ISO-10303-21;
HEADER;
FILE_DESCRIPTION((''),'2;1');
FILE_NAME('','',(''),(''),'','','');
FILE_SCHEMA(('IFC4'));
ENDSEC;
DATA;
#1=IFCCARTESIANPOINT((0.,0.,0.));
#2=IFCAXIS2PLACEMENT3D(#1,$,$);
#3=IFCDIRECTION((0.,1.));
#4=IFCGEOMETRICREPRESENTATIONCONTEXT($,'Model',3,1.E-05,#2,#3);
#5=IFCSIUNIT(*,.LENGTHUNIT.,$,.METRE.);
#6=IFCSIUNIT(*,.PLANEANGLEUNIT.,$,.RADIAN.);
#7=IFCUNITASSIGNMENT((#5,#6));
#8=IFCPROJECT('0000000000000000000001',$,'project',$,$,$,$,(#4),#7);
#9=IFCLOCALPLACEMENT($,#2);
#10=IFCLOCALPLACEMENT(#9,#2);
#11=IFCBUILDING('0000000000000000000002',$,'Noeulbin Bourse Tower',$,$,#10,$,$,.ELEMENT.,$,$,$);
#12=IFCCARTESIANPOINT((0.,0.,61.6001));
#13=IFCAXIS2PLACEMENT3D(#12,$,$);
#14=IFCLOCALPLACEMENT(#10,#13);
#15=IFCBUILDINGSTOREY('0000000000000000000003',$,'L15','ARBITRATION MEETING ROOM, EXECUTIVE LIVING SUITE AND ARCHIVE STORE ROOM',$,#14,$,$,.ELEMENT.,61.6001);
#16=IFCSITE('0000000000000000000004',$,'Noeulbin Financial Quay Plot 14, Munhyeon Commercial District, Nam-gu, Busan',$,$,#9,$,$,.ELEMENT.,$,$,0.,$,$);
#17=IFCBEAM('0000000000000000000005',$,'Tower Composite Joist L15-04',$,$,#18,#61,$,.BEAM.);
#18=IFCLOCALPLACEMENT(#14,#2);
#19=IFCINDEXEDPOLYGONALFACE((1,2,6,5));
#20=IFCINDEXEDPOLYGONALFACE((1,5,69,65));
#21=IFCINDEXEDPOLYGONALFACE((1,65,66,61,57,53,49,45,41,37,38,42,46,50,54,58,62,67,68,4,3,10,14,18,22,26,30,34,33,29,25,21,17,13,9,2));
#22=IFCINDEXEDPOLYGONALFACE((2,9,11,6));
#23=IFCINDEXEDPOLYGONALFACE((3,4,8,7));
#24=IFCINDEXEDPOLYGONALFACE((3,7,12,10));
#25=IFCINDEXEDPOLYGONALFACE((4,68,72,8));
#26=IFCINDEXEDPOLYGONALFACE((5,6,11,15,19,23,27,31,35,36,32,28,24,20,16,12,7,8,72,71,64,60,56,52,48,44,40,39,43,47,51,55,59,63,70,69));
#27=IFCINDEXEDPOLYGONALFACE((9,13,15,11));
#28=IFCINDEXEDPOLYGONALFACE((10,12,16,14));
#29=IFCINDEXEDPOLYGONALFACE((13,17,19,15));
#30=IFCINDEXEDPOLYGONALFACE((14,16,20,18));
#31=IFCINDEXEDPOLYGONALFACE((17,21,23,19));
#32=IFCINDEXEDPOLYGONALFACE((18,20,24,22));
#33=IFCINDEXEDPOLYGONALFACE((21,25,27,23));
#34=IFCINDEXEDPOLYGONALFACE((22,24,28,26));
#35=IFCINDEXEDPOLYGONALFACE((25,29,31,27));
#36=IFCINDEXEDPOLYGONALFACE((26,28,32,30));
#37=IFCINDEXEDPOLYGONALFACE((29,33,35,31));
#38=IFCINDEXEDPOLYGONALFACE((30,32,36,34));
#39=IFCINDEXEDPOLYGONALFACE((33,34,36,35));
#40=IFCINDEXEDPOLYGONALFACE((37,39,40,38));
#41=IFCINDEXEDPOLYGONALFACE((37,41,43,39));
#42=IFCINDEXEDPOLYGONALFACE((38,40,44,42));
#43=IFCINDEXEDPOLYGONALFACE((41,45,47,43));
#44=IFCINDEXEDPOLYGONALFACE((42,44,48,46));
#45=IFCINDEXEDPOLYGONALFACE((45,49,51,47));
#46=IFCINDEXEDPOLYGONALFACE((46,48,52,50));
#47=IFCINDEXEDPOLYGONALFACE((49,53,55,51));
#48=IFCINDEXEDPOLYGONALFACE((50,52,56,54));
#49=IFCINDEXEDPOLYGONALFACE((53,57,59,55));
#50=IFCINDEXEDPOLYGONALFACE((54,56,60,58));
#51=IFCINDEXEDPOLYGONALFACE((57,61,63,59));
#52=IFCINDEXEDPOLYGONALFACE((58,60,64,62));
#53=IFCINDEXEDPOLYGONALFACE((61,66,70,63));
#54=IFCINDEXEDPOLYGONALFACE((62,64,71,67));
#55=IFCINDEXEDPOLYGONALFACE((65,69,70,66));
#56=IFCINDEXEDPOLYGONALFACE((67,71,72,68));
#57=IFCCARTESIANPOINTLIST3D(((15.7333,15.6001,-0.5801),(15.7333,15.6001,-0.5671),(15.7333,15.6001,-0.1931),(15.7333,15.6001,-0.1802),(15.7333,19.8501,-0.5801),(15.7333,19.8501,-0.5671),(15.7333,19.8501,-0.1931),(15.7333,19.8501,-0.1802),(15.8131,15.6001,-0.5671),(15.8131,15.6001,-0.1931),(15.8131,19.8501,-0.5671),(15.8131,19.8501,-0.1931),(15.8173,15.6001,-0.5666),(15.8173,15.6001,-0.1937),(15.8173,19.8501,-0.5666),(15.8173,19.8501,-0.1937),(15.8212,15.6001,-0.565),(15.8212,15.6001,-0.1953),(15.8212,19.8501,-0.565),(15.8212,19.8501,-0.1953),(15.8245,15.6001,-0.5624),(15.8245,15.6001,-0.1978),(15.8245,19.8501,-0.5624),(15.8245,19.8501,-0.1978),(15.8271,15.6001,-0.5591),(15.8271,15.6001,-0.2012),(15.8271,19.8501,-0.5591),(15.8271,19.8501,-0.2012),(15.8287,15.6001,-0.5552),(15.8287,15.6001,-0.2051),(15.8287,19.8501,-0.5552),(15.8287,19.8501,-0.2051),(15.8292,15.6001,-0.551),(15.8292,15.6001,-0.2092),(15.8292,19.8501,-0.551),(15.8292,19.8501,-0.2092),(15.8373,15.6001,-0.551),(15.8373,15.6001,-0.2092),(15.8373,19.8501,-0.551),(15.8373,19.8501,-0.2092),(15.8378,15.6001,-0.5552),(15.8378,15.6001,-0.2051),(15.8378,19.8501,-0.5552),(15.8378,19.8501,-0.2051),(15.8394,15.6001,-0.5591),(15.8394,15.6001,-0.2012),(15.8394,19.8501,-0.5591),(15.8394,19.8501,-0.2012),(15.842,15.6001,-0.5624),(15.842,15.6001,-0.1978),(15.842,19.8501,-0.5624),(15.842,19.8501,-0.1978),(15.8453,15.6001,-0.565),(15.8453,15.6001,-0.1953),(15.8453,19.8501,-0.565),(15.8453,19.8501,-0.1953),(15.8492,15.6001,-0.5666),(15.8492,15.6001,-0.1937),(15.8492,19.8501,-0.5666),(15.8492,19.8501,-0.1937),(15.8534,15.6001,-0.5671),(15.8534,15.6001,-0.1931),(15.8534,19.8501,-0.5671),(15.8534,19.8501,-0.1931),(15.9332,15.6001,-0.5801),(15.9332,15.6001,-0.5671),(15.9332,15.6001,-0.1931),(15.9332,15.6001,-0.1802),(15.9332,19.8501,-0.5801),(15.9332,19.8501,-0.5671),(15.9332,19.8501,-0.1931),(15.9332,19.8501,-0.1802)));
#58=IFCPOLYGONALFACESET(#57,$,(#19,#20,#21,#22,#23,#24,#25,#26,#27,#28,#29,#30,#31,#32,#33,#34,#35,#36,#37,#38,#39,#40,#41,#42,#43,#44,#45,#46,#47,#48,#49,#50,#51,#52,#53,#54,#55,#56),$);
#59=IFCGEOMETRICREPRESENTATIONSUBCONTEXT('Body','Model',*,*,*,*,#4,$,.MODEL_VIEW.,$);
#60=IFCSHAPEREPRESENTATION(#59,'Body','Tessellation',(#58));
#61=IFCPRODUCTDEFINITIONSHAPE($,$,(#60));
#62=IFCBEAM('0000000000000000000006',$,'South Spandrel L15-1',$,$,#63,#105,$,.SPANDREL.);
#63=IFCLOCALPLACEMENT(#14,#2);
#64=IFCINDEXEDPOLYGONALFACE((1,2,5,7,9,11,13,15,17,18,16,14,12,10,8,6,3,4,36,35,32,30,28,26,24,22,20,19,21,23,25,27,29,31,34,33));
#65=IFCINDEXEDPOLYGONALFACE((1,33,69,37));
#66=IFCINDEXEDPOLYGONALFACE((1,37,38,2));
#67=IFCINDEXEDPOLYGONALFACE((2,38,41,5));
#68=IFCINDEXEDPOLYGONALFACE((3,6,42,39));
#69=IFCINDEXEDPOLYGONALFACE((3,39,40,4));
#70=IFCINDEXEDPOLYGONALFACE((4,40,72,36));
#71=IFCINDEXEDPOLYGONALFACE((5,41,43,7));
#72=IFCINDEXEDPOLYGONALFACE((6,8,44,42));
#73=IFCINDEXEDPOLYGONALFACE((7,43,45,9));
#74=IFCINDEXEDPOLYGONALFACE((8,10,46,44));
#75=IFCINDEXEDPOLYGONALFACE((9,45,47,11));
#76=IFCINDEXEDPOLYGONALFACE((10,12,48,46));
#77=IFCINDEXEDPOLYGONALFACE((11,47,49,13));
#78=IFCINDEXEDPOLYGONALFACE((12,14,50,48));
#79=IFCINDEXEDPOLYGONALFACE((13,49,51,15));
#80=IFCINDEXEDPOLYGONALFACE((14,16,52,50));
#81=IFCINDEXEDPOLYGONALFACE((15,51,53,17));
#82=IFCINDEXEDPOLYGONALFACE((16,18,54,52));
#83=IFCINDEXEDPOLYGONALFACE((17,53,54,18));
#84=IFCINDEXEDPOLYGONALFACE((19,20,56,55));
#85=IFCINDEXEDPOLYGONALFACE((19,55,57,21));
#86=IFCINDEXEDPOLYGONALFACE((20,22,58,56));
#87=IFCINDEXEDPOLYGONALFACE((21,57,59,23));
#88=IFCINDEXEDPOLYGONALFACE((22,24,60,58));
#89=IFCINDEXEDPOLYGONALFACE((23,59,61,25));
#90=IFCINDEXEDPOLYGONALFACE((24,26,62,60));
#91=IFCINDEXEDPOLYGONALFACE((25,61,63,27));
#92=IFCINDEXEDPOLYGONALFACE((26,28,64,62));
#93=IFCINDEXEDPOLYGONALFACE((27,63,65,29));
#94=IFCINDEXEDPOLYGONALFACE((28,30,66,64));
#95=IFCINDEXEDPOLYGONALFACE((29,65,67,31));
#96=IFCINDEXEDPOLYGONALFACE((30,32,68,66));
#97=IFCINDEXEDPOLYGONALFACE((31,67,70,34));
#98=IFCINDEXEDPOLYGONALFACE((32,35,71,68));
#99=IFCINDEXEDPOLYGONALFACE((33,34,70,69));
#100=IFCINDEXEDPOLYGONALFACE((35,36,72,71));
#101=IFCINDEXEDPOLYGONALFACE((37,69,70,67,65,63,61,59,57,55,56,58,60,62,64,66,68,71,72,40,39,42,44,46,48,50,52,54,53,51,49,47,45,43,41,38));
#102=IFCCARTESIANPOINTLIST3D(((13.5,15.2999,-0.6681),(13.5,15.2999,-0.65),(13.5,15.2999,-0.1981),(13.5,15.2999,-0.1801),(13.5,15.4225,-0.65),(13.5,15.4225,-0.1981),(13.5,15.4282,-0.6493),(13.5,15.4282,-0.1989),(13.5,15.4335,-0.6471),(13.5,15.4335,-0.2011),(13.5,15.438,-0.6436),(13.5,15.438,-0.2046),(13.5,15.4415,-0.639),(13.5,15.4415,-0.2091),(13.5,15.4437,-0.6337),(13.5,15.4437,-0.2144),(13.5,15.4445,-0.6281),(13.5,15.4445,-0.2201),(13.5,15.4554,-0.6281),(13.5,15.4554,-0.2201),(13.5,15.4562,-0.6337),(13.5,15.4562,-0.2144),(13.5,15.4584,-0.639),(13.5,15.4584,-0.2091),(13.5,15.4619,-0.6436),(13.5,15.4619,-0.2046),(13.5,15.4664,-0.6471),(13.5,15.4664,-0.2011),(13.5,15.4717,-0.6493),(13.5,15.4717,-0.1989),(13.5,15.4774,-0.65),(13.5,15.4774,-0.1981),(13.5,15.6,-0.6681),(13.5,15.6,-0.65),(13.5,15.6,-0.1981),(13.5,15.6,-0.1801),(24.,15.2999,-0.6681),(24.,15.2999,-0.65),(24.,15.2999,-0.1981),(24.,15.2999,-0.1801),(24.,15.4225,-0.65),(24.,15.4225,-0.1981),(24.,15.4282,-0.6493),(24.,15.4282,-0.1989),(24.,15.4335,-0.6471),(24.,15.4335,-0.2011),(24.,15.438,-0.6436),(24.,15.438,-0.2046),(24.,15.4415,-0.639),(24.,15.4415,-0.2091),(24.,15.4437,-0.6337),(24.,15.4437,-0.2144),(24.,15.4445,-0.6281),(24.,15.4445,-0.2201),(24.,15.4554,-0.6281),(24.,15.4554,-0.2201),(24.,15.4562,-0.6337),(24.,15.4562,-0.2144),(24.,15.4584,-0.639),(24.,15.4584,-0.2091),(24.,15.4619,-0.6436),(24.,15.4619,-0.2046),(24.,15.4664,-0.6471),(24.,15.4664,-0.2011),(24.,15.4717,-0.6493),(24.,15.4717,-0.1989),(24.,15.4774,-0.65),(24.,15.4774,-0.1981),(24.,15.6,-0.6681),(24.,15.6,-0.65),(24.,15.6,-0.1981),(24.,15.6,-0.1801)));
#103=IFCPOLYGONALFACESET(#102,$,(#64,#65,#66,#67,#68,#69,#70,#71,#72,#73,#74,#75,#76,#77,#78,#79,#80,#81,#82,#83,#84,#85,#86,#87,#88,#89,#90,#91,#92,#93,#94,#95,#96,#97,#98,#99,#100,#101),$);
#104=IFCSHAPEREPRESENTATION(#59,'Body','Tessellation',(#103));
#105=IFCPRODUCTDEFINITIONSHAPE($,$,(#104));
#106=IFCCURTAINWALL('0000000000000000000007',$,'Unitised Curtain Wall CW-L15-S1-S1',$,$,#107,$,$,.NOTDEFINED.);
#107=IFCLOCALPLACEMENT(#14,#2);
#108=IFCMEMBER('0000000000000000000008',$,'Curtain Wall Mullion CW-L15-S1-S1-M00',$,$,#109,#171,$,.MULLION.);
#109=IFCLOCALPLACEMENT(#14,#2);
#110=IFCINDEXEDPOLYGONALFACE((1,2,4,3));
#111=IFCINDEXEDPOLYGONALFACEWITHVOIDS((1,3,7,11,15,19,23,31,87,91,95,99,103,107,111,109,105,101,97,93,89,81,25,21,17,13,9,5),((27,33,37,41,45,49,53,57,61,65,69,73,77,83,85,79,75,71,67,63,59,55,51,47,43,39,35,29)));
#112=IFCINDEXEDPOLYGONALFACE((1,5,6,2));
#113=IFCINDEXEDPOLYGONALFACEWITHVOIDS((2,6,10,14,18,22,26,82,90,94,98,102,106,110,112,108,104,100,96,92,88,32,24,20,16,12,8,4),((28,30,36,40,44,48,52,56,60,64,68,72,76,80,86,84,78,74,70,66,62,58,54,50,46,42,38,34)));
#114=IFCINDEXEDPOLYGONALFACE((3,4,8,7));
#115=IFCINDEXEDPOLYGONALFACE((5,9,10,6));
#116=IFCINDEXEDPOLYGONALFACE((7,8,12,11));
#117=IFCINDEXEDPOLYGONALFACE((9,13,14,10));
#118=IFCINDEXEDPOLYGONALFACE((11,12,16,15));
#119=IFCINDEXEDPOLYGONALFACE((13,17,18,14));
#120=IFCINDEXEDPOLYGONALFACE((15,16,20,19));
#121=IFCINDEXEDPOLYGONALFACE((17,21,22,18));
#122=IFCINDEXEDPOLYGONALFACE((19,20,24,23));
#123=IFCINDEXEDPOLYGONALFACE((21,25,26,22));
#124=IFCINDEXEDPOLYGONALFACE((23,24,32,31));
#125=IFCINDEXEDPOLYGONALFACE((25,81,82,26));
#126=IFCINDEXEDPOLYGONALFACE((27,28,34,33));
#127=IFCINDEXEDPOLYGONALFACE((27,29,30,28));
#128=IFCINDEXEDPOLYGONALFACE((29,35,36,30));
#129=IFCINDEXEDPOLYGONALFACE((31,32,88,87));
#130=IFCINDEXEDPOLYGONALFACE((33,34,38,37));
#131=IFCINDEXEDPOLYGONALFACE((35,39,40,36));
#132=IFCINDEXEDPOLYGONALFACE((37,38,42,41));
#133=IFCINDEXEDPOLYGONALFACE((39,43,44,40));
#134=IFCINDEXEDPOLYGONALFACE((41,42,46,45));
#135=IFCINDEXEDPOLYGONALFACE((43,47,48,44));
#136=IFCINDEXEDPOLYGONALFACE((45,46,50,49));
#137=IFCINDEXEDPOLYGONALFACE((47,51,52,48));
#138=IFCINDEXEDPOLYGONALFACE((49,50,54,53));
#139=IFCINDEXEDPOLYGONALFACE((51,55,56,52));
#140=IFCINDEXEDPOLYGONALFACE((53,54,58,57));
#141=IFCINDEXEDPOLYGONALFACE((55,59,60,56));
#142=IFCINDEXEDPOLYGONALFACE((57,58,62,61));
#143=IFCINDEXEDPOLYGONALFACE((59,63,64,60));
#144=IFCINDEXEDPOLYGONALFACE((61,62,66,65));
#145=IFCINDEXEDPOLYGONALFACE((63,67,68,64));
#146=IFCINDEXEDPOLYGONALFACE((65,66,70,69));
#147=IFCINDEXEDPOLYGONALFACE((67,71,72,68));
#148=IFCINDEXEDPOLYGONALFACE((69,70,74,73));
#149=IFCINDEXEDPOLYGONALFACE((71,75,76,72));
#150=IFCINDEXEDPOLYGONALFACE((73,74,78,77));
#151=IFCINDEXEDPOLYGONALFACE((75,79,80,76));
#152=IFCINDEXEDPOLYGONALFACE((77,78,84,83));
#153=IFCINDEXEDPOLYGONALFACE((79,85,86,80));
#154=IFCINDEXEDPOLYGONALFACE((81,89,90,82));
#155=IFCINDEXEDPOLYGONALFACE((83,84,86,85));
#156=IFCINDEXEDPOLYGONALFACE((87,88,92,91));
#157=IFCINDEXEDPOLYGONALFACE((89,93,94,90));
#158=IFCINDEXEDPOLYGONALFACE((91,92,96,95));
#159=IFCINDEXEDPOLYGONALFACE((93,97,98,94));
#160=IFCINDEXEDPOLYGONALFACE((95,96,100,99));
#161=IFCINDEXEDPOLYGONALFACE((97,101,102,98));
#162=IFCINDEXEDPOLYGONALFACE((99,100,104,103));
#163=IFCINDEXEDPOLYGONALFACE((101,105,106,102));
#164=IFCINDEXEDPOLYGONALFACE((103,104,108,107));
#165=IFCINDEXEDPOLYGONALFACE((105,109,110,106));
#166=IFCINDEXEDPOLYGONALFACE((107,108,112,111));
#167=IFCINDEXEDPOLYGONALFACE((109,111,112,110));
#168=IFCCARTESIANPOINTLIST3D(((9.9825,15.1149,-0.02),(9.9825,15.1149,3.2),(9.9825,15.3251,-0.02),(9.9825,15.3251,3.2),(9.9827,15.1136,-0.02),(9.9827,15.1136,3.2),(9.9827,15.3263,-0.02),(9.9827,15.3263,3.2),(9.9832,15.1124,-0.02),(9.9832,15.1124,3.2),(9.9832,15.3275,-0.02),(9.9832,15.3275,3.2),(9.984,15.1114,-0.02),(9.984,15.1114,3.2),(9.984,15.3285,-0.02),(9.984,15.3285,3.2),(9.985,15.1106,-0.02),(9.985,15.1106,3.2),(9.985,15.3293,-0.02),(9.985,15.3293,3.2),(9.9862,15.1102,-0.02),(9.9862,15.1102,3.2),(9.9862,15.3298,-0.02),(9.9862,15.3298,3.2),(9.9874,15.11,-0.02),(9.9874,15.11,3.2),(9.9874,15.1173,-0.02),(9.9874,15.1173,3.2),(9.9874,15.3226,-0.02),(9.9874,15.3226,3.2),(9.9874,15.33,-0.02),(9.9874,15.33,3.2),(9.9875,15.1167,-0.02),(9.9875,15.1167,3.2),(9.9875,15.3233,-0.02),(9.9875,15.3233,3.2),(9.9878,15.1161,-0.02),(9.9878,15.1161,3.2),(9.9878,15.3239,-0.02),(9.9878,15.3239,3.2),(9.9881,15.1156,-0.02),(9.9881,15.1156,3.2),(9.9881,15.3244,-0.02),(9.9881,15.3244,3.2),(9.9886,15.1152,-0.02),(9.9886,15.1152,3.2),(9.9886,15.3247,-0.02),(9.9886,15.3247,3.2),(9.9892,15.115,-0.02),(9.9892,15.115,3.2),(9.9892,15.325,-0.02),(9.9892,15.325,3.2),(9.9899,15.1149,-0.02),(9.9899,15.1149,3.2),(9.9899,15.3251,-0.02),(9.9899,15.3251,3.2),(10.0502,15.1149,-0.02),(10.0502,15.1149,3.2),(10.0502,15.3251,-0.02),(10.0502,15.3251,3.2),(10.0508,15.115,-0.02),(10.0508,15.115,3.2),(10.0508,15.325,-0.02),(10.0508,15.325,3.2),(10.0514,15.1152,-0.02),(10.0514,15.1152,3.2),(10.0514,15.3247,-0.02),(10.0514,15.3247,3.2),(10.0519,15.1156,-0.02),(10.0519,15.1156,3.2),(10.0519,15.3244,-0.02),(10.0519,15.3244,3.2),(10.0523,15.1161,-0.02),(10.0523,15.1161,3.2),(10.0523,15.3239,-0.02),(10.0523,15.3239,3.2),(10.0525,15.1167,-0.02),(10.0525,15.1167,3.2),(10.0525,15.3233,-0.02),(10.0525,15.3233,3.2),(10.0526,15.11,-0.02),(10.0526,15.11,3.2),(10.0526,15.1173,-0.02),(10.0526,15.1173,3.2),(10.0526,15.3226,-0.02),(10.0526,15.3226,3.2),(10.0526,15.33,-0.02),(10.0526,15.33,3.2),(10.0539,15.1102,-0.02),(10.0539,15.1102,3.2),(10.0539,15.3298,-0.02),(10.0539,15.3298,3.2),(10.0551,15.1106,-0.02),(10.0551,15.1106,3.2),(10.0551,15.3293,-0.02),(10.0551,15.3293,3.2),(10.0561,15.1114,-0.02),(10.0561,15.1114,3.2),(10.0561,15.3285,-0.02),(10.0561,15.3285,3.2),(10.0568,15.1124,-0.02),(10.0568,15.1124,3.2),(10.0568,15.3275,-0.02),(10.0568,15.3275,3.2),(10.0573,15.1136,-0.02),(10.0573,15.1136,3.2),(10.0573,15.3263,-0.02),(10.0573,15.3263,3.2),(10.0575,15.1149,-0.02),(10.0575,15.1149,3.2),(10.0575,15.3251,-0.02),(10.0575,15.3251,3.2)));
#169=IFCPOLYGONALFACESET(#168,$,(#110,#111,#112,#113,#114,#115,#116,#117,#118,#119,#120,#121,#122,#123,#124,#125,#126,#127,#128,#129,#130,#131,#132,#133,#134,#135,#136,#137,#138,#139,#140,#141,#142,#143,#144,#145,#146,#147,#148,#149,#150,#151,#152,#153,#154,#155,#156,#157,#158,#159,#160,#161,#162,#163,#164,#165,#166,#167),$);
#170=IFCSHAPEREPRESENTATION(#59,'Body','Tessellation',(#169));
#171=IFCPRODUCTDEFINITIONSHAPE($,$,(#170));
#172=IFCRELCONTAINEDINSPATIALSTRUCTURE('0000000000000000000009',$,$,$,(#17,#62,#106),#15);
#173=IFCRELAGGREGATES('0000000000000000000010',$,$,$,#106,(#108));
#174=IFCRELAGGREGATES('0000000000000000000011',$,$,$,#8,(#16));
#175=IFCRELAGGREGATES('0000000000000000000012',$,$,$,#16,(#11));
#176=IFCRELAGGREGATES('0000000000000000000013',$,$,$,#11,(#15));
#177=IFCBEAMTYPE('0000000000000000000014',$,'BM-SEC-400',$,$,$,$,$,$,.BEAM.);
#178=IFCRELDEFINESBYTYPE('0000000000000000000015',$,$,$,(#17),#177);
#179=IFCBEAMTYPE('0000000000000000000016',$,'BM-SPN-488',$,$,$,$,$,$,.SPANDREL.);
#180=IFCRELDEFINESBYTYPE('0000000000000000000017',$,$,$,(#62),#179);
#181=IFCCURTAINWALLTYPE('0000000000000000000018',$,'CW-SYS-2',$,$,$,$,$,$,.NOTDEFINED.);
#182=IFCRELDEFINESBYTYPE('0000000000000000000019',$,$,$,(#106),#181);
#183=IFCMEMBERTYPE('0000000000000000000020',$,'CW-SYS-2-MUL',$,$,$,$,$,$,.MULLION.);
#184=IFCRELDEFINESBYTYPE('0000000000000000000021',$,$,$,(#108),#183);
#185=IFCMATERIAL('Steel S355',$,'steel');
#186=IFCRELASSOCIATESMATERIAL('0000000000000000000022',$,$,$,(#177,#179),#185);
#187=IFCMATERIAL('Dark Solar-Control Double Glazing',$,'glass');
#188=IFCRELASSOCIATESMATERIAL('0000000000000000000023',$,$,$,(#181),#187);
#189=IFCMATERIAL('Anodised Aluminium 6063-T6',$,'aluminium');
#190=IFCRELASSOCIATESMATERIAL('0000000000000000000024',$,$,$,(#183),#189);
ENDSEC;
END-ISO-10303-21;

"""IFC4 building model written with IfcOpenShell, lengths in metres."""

from ifc_helpers import new_model, si_unit, direction, frame, origin, origin_2d, place, context, subcontext, project, spatial, hollow_rectangle, i_section, extrude, material, material_profile, profile_set, type_object, element, aggregate, save


model = new_model("IFC4")

# Units and contexts
model_context = context("Model", 3, precision=1e-05, world=origin(), true_north=direction((0.0, 1.0)))
body_context = subcontext(model_context, "Body", "Model", "MODEL_VIEW")
ifc_project = project(units=[si_unit("LENGTHUNIT", "METRE"), si_unit("PLANEANGLEUNIT", "RADIAN")], contexts=[model_context])

# Site, building, storey
site_placement = place(None, origin())
site = spatial("IfcSite", under=ifc_project, at=site_placement, Name="Noeulbin Financial Quay Plot 14, Munhyeon Commercial District, Nam-gu, Busan", CompositionType="ELEMENT", RefElevation=0.0)
building_placement = place(site_placement, origin())
building = spatial("IfcBuilding", under=site, at=building_placement, Name="Noeulbin Bourse Tower", CompositionType="ELEMENT")
storey_placement = place(building_placement, frame((0.0, 0.0, 61.6001)))
storey = spatial("IfcBuildingStorey", under=building, at=storey_placement, Name="L15", Description="ARBITRATION MEETING ROOM, EXECUTIVE LIVING SUITE AND ARCHIVE STORE ROOM", CompositionType="ELEMENT", Elevation=61.6001)

# Beams
ifc_material_1 = material(Name="Steel S355", Category="steel")
ifc_material_profile_1 = material_profile(ifc_material_1, i_section(OverallWidth=0.2, OverallDepth=0.3999, WebThickness=0.0081, FlangeThickness=0.0129, FilletRadius=0.0161, at=origin_2d()), Name="H-400x200x8x13", Category="LoadBearing")
ifc_profile_set_1 = profile_set([ifc_material_profile_1], Name="Steel S355")
beam_type_1 = type_object("IfcBeamType", Name="BM-SEC-400", PredefinedType="BEAM", material=ifc_profile_set_1)
for number, where, z_axis, x_axis, name in (
    (1, (15.8333, 15.6001, -0.3801), (0.0, 1.0, 0.0), (-1.0, 0.0, 0.0), "Tower Composite Joist L15-04"),
):
    element("IfcBeam", number, at=place(storey_placement, frame(where, z_axis=z_axis, x_axis=x_axis)), inside=storey, type_object=beam_type_1, Name=name, PredefinedType="BEAM", context=body_context, shape_type="SweptSolid", body=[
        extrude(i_section(OverallWidth=0.2, OverallDepth=0.3999, WebThickness=0.0081, FlangeThickness=0.0129, FilletRadius=0.0161, at=origin_2d()), origin(), (0.0, 0.0, 1.0), 4.25),
    ])
ifc_material_profile_2 = material_profile(ifc_material_1, i_section(OverallWidth=0.3, OverallDepth=0.488, WebThickness=0.011, FlangeThickness=0.0181, FilletRadius=0.022, at=origin_2d()), Name="H-488x300x11x18", Category="LoadBearing")
ifc_profile_set_2 = profile_set([ifc_material_profile_2], Name="Steel S355")
beam_type_2 = type_object("IfcBeamType", Name="BM-SPN-488", PredefinedType="SPANDREL", material=ifc_profile_set_2)
beam_1_placement = place(storey_placement, frame((13.5, 15.45, -0.4241), z_axis=(1.0, 0.0, 0.0), x_axis=(0.0, 1.0, 0.0)))
element("IfcBeam", 2, at=beam_1_placement, inside=storey, type_object=beam_type_2, Name="South Spandrel L15-1", PredefinedType="SPANDREL", context=body_context, shape_type="SweptSolid", body=[
    extrude(i_section(OverallWidth=0.3, OverallDepth=0.488, WebThickness=0.011, FlangeThickness=0.0181, FilletRadius=0.022, at=origin_2d()), origin(), (0.0, 0.0, 1.0), 10.5),
])

# Curtain wall, member
ifc_material_2 = material(Name="Dark Solar-Control Double Glazing", Category="glass")
curtain_wall_type = type_object("IfcCurtainWallType", Name="CW-SYS-2", PredefinedType="NOTDEFINED", material=ifc_material_2)
curtain_wall_1_placement = place(storey_placement, origin())
curtain_wall_1 = element("IfcCurtainWall", 3, at=curtain_wall_1_placement, inside=storey, type_object=curtain_wall_type, Name="Unitised Curtain Wall CW-L15-S1-S1", PredefinedType="NOTDEFINED")
ifc_material_3 = material(Name="Anodised Aluminium 6063-T6", Category="aluminium")
ifc_material_profile_3 = material_profile(ifc_material_3, hollow_rectangle(XDim=0.075, YDim=0.22, WallThickness=0.0049, InnerFilletRadius=0.0024, OuterFilletRadius=0.0049, at=origin_2d()), Name="ALU-MULL-75x220x5", Category="LoadBearing")
ifc_profile_set_3 = profile_set([ifc_material_profile_3], Name="Anodised Aluminium 6063-T6")
member_type_1 = type_object("IfcMemberType", Name="CW-SYS-2-MUL", PredefinedType="MULLION", material=ifc_profile_set_3)
member_1_placement = place(storey_placement, frame((10.02, 15.22, -0.02), z_axis=(0.0, 0.0, 1.0), x_axis=(1.0, 0.0, 0.0)))
member_1 = element("IfcMember", 4, at=member_1_placement, type_object=member_type_1, Name="Curtain Wall Mullion CW-L15-S1-S1-M00", PredefinedType="MULLION", context=body_context, shape_type="SweptSolid", body=[
    extrude(hollow_rectangle(XDim=0.075, YDim=0.22, WallThickness=0.0049, InnerFilletRadius=0.0024, OuterFilletRadius=0.0049, at=origin_2d()), origin(), (0.0, 0.0, 1.0), 3.22),
])

aggregate(curtain_wall_1, [member_1])

save(model, "model.ifc")
